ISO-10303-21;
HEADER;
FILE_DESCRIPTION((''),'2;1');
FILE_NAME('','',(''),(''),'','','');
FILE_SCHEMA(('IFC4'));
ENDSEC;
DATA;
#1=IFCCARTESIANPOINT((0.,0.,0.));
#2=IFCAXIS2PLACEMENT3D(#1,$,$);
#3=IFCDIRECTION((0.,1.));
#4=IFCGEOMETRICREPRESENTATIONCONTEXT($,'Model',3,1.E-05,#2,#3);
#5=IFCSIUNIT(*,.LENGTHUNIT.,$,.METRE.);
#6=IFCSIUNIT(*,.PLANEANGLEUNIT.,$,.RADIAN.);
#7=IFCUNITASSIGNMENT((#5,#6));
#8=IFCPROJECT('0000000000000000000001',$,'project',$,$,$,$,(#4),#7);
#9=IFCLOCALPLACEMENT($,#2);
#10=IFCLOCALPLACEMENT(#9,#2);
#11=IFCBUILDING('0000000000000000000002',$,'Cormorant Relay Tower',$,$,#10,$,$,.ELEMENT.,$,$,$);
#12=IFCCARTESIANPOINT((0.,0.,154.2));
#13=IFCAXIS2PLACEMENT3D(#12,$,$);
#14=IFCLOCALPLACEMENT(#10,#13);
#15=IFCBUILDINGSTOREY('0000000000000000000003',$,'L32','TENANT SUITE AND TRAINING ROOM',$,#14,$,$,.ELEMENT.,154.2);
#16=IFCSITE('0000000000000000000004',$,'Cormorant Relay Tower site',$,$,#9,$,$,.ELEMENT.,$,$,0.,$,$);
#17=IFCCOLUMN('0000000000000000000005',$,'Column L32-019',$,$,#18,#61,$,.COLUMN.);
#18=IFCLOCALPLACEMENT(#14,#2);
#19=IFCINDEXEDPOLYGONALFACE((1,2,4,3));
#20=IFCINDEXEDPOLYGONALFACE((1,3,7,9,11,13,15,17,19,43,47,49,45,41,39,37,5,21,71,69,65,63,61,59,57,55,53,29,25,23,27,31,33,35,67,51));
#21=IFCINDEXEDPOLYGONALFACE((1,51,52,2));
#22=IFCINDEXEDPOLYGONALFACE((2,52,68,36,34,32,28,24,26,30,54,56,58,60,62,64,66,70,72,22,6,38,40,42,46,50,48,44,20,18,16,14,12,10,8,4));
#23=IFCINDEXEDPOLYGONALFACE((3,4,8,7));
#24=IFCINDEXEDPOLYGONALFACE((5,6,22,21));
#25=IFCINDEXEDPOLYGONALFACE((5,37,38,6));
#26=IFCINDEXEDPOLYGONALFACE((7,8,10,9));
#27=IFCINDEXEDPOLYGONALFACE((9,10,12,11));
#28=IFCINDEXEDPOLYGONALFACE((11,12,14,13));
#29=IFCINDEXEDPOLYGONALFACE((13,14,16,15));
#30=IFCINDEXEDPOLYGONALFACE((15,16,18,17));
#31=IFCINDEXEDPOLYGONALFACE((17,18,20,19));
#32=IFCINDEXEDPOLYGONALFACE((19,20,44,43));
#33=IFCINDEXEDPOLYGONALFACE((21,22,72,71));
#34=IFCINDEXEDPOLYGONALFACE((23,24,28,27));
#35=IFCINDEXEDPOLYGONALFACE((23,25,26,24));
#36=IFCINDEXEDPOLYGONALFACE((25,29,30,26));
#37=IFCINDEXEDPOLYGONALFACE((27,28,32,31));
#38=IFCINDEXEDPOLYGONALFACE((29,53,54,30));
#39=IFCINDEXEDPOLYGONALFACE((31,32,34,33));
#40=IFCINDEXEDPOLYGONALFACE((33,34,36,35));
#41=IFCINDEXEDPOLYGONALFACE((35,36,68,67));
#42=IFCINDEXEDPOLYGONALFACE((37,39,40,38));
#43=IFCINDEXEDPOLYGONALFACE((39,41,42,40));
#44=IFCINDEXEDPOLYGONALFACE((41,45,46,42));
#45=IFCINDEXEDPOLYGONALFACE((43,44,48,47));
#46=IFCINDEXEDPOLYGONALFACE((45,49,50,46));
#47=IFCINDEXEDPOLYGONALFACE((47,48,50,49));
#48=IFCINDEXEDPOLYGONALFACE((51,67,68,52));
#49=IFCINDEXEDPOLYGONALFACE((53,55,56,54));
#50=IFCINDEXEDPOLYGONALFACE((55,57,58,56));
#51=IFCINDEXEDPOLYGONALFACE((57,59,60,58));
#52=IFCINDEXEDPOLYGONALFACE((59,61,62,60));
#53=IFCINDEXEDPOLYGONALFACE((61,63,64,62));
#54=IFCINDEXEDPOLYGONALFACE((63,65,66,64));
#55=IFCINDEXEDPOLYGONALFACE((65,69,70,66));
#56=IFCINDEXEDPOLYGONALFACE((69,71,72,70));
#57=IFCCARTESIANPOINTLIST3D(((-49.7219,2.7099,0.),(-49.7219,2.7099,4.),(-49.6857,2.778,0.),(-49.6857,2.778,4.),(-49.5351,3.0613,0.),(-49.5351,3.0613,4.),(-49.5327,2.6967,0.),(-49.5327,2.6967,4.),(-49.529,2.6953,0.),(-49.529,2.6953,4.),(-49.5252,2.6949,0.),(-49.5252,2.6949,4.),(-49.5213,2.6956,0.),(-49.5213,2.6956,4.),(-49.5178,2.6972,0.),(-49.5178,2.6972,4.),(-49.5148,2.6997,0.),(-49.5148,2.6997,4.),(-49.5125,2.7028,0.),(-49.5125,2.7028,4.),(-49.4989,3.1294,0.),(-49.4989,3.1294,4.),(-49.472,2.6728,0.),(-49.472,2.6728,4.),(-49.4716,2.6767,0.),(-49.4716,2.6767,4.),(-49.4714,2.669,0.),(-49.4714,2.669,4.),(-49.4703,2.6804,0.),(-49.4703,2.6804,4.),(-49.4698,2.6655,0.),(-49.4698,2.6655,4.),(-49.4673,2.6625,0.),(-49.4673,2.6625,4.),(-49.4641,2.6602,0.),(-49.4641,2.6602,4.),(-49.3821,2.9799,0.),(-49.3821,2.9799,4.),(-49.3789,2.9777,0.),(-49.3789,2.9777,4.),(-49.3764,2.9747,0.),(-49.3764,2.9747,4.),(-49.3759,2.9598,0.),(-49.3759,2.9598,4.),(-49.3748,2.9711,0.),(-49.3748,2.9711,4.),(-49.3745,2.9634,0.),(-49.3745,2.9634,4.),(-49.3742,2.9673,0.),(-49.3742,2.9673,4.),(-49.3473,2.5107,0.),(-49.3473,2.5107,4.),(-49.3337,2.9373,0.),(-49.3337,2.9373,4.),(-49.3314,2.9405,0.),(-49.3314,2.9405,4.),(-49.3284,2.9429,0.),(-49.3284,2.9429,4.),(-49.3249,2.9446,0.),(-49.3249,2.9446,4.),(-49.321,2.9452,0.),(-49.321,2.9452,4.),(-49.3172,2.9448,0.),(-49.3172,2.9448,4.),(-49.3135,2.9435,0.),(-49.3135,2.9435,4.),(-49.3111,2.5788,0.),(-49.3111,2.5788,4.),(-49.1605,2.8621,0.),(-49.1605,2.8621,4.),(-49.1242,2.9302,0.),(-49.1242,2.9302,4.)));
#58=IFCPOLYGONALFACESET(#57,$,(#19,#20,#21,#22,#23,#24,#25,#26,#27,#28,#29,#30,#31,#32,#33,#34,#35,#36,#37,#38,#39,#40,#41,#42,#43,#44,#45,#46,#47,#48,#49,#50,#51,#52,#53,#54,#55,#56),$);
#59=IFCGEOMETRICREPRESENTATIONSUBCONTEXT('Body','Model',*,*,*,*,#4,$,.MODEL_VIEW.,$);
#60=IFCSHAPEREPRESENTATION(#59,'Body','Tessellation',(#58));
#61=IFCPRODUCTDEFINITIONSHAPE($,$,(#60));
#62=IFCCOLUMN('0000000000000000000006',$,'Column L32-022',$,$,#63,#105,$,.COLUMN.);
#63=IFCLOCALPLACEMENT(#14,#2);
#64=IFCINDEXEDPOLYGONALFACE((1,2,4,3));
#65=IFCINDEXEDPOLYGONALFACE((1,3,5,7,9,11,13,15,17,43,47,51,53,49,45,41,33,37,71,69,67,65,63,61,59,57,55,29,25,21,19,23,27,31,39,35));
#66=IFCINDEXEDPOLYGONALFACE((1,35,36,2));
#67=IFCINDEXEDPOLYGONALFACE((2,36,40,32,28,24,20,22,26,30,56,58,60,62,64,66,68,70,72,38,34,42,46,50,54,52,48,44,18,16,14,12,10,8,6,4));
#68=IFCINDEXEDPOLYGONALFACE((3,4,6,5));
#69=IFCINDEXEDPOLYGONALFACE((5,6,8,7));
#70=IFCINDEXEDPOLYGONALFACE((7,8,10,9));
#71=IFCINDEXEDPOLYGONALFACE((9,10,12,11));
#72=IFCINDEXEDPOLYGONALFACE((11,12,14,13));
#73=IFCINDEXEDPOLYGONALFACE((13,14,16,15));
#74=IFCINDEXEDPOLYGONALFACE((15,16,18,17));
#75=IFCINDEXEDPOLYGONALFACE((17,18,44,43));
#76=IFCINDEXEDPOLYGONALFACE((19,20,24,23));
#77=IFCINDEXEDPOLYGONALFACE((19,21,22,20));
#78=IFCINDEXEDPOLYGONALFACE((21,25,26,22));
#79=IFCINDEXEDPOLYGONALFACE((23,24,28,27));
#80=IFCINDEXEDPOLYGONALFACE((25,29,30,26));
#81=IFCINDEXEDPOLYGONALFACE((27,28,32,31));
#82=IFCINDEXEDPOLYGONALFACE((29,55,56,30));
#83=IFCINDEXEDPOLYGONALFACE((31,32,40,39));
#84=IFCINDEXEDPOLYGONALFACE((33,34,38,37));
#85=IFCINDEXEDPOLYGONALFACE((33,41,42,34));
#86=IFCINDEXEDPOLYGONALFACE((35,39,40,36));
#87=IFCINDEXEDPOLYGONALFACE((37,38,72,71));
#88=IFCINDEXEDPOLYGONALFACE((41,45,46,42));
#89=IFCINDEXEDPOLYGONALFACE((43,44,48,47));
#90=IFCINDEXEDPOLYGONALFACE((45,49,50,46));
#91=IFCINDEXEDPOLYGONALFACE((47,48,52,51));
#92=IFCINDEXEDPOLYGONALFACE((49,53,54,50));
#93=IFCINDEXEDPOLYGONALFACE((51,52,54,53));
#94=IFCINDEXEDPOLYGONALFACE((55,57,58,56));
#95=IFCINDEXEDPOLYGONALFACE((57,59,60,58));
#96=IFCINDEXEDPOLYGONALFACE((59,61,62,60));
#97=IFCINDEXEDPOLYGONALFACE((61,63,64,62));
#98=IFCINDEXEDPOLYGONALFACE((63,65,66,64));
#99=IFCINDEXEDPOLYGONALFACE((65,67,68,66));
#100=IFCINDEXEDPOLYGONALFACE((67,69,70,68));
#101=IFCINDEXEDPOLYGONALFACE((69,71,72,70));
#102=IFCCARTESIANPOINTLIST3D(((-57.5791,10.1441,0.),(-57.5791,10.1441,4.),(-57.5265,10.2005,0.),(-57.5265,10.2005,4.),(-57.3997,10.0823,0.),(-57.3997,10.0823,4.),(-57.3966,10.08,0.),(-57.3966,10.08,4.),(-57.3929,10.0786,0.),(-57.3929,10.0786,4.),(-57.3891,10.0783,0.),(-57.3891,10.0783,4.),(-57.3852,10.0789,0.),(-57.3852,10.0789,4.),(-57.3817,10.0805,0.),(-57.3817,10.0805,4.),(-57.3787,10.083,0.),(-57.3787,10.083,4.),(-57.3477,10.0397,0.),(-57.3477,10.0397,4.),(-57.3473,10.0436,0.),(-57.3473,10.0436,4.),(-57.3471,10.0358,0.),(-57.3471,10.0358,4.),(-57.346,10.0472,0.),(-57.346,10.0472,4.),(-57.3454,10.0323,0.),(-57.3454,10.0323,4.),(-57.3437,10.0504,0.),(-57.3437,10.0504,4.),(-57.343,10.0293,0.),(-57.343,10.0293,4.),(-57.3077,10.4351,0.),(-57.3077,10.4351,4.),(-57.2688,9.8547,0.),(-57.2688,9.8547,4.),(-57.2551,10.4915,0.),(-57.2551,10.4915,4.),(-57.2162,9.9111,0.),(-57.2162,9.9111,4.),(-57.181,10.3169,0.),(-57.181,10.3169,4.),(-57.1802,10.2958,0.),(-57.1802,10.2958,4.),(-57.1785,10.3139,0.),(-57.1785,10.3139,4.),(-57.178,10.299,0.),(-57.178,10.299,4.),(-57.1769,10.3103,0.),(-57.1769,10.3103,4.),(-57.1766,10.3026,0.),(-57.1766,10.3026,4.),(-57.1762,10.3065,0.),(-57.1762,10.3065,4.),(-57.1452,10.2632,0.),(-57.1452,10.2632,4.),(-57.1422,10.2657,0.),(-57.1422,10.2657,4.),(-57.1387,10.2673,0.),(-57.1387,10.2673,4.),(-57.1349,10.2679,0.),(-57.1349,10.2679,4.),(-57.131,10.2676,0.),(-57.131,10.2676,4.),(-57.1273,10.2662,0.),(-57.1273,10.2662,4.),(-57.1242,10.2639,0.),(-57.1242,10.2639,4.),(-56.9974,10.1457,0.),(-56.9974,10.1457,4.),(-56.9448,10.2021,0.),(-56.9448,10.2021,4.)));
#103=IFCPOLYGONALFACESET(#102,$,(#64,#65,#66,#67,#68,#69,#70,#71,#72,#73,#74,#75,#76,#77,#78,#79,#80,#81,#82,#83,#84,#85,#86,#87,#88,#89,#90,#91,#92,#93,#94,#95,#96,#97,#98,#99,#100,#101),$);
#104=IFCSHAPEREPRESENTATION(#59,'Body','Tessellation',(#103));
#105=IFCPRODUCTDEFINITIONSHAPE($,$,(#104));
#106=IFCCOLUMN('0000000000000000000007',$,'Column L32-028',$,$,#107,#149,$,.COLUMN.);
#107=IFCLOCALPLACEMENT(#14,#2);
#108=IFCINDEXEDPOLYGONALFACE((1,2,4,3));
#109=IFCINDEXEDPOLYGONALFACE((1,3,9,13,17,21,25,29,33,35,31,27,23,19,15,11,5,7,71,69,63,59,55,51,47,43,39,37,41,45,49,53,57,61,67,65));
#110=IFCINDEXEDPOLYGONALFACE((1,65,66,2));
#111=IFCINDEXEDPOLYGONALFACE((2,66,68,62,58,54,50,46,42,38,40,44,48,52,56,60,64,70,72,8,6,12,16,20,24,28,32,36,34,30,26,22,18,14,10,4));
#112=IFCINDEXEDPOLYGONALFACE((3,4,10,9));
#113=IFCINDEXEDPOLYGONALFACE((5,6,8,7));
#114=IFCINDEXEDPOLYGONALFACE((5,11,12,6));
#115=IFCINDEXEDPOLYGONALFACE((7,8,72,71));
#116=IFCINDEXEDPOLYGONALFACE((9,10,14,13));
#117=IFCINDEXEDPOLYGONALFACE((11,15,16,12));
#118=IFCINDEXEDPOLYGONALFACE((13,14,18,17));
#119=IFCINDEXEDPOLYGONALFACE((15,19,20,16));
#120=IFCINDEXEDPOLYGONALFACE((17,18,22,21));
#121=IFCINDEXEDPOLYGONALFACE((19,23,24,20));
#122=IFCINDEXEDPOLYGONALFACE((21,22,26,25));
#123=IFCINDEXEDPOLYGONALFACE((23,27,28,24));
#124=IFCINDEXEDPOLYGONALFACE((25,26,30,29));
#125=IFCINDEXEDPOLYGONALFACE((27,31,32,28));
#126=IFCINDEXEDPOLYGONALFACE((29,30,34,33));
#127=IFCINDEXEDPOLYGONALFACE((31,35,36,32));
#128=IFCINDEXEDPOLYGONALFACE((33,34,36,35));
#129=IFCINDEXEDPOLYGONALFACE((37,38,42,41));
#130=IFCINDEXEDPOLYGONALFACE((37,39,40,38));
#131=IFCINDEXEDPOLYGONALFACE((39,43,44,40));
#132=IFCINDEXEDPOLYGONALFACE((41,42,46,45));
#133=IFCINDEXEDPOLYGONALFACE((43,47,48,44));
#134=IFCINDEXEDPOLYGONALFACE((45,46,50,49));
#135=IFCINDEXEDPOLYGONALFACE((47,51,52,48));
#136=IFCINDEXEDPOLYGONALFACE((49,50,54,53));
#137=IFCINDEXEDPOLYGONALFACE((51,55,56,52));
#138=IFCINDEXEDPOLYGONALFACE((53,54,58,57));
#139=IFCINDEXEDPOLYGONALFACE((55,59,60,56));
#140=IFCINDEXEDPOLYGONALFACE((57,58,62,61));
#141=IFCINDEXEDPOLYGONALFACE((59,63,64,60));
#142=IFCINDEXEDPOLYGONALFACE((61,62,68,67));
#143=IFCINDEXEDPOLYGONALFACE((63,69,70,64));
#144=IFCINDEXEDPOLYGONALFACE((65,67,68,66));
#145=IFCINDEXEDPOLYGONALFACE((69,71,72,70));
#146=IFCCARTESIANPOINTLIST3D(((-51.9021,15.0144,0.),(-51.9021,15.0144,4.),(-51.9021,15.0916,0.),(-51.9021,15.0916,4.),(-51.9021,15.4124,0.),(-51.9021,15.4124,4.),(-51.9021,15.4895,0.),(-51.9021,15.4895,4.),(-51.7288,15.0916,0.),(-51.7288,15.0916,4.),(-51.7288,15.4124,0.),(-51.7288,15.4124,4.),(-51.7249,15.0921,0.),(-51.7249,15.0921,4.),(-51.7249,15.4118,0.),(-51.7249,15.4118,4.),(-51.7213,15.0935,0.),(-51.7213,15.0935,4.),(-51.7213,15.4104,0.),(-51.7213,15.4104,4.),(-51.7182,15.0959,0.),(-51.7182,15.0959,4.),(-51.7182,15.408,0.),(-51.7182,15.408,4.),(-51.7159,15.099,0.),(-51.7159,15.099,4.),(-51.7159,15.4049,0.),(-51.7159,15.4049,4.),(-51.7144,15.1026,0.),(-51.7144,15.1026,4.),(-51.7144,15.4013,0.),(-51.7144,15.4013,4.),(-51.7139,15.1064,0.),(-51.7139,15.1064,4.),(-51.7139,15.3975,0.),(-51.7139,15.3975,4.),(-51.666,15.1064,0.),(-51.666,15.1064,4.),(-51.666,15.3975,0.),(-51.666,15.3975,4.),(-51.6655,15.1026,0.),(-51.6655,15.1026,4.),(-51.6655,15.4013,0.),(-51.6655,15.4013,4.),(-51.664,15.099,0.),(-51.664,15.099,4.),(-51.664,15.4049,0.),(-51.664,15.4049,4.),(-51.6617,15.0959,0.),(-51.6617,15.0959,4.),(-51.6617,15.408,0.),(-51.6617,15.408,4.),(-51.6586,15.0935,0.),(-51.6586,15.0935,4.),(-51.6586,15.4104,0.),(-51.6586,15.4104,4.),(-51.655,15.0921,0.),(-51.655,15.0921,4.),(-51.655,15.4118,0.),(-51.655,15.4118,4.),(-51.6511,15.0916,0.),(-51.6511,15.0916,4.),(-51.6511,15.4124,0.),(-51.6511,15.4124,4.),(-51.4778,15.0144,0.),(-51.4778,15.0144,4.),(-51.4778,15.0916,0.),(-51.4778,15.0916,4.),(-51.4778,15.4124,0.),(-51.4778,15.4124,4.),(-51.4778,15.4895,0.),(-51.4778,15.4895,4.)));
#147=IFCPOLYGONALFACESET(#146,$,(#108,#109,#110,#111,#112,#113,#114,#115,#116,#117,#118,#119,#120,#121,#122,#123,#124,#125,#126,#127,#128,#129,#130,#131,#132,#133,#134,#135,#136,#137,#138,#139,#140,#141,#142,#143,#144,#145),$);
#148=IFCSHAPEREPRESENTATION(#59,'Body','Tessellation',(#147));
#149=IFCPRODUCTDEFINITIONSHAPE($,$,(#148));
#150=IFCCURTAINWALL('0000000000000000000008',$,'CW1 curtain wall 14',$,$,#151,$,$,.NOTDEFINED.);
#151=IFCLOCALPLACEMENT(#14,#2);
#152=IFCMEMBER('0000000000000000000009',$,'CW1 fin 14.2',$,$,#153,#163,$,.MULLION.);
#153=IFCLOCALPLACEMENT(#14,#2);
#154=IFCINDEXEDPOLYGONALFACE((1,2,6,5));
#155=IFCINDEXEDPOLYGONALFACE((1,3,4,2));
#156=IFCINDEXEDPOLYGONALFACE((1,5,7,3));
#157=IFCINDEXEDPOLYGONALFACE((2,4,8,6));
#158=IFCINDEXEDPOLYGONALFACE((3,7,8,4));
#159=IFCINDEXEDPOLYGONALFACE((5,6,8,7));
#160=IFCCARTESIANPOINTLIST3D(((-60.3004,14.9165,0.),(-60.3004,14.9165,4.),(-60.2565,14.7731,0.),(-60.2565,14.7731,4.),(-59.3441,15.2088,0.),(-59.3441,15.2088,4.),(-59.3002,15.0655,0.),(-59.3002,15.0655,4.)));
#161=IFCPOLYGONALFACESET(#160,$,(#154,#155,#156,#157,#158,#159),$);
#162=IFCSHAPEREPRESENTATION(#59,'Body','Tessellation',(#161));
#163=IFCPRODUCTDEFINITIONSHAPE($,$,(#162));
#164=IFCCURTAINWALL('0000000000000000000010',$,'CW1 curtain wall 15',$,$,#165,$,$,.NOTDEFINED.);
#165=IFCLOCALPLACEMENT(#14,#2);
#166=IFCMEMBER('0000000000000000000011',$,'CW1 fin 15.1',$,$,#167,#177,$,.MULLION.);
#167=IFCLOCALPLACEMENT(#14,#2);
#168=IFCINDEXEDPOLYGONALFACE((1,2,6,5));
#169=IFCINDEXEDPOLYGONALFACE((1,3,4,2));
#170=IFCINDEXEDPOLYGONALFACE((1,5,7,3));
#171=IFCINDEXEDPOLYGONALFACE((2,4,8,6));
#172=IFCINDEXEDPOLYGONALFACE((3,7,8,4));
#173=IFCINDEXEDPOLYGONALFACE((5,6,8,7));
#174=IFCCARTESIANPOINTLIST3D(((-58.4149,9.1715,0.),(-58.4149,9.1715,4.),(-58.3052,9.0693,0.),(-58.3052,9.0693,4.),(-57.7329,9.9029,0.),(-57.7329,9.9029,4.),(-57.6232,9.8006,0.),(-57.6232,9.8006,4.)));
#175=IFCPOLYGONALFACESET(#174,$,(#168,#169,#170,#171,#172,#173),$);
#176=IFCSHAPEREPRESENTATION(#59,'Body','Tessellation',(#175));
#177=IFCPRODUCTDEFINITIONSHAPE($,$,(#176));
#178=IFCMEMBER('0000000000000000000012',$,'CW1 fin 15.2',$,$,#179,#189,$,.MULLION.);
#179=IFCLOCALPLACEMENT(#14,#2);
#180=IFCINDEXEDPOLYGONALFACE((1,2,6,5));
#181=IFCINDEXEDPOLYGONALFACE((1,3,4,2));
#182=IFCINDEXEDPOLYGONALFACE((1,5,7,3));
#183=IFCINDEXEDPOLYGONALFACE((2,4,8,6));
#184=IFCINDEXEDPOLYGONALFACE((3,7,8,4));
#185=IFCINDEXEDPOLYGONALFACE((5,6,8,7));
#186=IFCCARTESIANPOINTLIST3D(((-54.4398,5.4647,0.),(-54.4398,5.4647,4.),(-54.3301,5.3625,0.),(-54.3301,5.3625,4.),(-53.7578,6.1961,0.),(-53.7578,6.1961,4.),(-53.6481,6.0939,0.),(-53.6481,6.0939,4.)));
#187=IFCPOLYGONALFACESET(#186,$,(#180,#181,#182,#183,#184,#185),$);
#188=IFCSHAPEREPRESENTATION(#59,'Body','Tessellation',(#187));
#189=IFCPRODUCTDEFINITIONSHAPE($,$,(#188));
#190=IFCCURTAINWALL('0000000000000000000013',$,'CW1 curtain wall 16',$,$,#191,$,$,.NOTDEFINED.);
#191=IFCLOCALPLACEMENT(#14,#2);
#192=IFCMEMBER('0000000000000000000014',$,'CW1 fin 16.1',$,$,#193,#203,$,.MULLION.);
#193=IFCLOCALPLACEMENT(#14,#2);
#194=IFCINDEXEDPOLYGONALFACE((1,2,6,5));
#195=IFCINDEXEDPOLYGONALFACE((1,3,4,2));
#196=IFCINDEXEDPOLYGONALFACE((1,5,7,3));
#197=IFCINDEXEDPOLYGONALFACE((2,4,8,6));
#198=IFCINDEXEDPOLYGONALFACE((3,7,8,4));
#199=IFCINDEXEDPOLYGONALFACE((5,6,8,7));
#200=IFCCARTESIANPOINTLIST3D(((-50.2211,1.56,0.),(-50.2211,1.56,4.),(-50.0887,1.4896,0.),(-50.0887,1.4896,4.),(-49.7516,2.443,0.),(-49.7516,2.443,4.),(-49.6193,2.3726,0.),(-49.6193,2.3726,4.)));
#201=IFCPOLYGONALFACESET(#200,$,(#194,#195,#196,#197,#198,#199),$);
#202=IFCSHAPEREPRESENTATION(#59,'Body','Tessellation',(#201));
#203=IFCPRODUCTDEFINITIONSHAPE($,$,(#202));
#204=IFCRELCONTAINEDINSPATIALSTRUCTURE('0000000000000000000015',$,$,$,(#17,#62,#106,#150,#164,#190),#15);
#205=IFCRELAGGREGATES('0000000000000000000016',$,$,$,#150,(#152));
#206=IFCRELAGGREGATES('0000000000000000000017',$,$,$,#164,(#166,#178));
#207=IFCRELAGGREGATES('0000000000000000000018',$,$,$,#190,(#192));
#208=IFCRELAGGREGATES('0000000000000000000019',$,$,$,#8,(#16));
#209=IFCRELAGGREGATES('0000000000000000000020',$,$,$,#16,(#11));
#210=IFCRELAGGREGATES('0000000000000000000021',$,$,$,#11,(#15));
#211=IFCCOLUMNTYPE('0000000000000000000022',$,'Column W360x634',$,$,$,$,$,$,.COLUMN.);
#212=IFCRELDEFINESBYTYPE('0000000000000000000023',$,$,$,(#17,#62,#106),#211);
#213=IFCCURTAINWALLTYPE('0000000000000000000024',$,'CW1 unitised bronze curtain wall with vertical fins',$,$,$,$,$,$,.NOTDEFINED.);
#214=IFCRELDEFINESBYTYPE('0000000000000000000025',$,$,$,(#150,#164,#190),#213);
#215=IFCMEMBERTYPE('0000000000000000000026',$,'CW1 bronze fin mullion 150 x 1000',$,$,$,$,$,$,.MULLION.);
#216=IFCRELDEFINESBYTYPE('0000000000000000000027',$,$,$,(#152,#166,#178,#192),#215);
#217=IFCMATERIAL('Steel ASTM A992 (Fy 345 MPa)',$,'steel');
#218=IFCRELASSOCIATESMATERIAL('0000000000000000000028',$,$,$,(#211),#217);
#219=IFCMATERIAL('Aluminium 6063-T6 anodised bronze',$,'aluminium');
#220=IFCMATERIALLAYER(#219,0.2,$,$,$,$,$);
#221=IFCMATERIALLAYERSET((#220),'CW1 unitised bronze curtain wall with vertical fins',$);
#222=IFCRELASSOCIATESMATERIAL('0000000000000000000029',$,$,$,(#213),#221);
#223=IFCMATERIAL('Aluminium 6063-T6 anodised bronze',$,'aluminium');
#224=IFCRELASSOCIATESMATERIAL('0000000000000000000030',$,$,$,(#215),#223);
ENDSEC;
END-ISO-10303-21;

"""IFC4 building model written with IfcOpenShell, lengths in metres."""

from ifc_helpers import new_model, si_unit, direction, frame, origin, origin_2d, place, context, subcontext, project, spatial, rectangle, i_section, extrude, material, layer, layer_set, material_profile, profile_set, type_object, element, aggregate, save


model = new_model("IFC4")

# Units and contexts
model_context = context("Model", 3, precision=1e-05, world=origin(), true_north=direction((0.0, 1.0)))
body_context = subcontext(model_context, "Body", "Model", "MODEL_VIEW")
ifc_project = project(units=[si_unit("LENGTHUNIT", "METRE"), si_unit("PLANEANGLEUNIT", "RADIAN")], contexts=[model_context])

# Site, building, storey
site_placement = place(None, origin())
site = spatial("IfcSite", under=ifc_project, at=site_placement, Name="Cormorant Relay Tower site", CompositionType="ELEMENT", RefElevation=0.0)
building_placement = place(site_placement, origin())
building = spatial("IfcBuilding", under=site, at=building_placement, Name="Cormorant Relay Tower", CompositionType="ELEMENT")
storey_placement = place(building_placement, frame((0.0, 0.0, 154.2)))
storey = spatial("IfcBuildingStorey", under=building, at=storey_placement, Name="L32", Description="TENANT SUITE AND TRAINING ROOM", CompositionType="ELEMENT", Elevation=154.2)

# Columns
ifc_material_1 = material(Name="Steel ASTM A992 (Fy 345 MPa)", Category="steel")
ifc_material_profile_1 = material_profile(ifc_material_1, i_section(OverallWidth=0.4243, OverallDepth=0.4751, WebThickness=0.0479, FlangeThickness=0.0771, FilletRadius=0.0149, at=origin_2d()), Name="W360x634")
ifc_profile_set_1 = profile_set([ifc_material_profile_1], Name="Steel ASTM A992 (Fy 345 MPa)")
column_type = type_object("IfcColumnType", Name="Column W360x634", PredefinedType="COLUMN", material=ifc_profile_set_1)
for number, where, z_axis, x_axis, name in (
    (1, (-49.4231, 2.8201, 0.0), (0.0, 0.0, 1.0), (0.882948, -0.469472, 0.0), "Column L32-019"),
    (2, (-57.262, 10.1731, 0.0), (0.0, 0.0, 1.0), (0.731354, -0.681998, 0.0), "Column L32-022"),
    (3, (-51.6899, 15.252, 0.0), (0.0, 0.0, 1.0), (1.0, 0.0, 0.0), "Column L32-028"),
):
    element("IfcColumn", number, at=place(storey_placement, frame(where, z_axis=z_axis, x_axis=x_axis)), inside=storey, type_object=column_type, Name=name, PredefinedType="COLUMN", context=body_context, shape_type="SweptSolid", body=[
        extrude(i_section(OverallWidth=0.4243, OverallDepth=0.4751, WebThickness=0.0479, FlangeThickness=0.0771, FilletRadius=0.0149, at=origin_2d()), origin(), (0.0, 0.0, 1.0), 4.0),
    ])

# Curtain wall, member
ifc_material_2 = material(Name="Aluminium 6063-T6 anodised bronze", Category="aluminium")
ifc_layer_1 = layer(ifc_material_2, 0.2)
ifc_layer_set_1 = layer_set([ifc_layer_1], Name="CW1 unitised bronze curtain wall with vertical fins")
curtain_wall_type = type_object("IfcCurtainWallType", Name="CW1 unitised bronze curtain wall with vertical fins", PredefinedType="NOTDEFINED", material=ifc_layer_set_1)
curtain_wall_1_placement = place(storey_placement, origin())
curtain_wall_1 = element("IfcCurtainWall", 4, at=curtain_wall_1_placement, inside=storey, type_object=curtain_wall_type, Name="CW1 curtain wall 14", PredefinedType="NOTDEFINED")
ifc_material_3 = material(Name="Aluminium 6063-T6 anodised bronze", Category="aluminium")
ifc_material_profile_2 = material_profile(ifc_material_3, rectangle(XDim=0.1499, YDim=1.0, at=origin_2d()), Name="AL 150x1000")
ifc_profile_set_2 = profile_set([ifc_material_profile_2], Name="Aluminium 6063-T6 anodised bronze")
member_type_1 = type_object("IfcMemberType", Name="CW1 bronze fin mullion 150 x 1000", PredefinedType="MULLION", material=ifc_profile_set_2)
member_1_placement = place(storey_placement, frame((-59.8003, 14.991, 0.0), z_axis=(0.0, 0.0, 1.0), x_axis=(0.292372, -0.956305, 0.0)))
member_1 = element("IfcMember", 5, at=member_1_placement, type_object=member_type_1, Name="CW1 fin 14.2", PredefinedType="MULLION", context=body_context, shape_type="SweptSolid", body=[
    extrude(rectangle(XDim=0.1499, YDim=1.0, at=origin_2d()), origin(), (0.0, 0.0, 1.0), 4.0),
])

# Curtain wall, members
curtain_wall_2_placement = place(storey_placement, origin())
curtain_wall_2 = element("IfcCurtainWall", 6, at=curtain_wall_2_placement, inside=storey, type_object=curtain_wall_type, Name="CW1 curtain wall 15", PredefinedType="NOTDEFINED")
member_2_placement = place(storey_placement, frame((-58.019, 9.4861, 0.0), z_axis=(0.0, 0.0, 1.0), x_axis=(0.731354, -0.681998, 0.0)))
member_2 = element("IfcMember", 7, at=member_2_placement, type_object=member_type_1, Name="CW1 fin 15.1", PredefinedType="MULLION", context=body_context, shape_type="SweptSolid", body=[
    extrude(rectangle(XDim=0.1499, YDim=1.0, at=origin_2d()), origin(), (0.0, 0.0, 1.0), 4.0),
])
member_3_placement = place(storey_placement, frame((-54.0439, 5.7793, 0.0), z_axis=(0.0, 0.0, 1.0), x_axis=(0.731354, -0.681998, 0.0)))
member_3 = element("IfcMember", 8, at=member_3_placement, type_object=member_type_1, Name="CW1 fin 15.2", PredefinedType="MULLION", context=body_context, shape_type="SweptSolid", body=[
    extrude(rectangle(XDim=0.1499, YDim=1.0, at=origin_2d()), origin(), (0.0, 0.0, 1.0), 4.0),
])

# Curtain wall, member
curtain_wall_3_placement = place(storey_placement, origin())
curtain_wall_3 = element("IfcCurtainWall", 9, at=curtain_wall_3_placement, inside=storey, type_object=curtain_wall_type, Name="CW1 curtain wall 16", PredefinedType="NOTDEFINED")
member_4_placement = place(storey_placement, frame((-49.9202, 1.9663, 0.0), z_axis=(0.0, 0.0, 1.0), x_axis=(0.882948, -0.469472, 0.0)))
member_4 = element("IfcMember", 10, at=member_4_placement, type_object=member_type_1, Name="CW1 fin 16.1", PredefinedType="MULLION", context=body_context, shape_type="SweptSolid", body=[
    extrude(rectangle(XDim=0.1499, YDim=1.0, at=origin_2d()), origin(), (0.0, 0.0, 1.0), 4.0),
])

aggregate(curtain_wall_1, [member_1])
aggregate(curtain_wall_2, [member_2, member_3])
aggregate(curtain_wall_3, [member_4])

save(model, "model.ifc")
